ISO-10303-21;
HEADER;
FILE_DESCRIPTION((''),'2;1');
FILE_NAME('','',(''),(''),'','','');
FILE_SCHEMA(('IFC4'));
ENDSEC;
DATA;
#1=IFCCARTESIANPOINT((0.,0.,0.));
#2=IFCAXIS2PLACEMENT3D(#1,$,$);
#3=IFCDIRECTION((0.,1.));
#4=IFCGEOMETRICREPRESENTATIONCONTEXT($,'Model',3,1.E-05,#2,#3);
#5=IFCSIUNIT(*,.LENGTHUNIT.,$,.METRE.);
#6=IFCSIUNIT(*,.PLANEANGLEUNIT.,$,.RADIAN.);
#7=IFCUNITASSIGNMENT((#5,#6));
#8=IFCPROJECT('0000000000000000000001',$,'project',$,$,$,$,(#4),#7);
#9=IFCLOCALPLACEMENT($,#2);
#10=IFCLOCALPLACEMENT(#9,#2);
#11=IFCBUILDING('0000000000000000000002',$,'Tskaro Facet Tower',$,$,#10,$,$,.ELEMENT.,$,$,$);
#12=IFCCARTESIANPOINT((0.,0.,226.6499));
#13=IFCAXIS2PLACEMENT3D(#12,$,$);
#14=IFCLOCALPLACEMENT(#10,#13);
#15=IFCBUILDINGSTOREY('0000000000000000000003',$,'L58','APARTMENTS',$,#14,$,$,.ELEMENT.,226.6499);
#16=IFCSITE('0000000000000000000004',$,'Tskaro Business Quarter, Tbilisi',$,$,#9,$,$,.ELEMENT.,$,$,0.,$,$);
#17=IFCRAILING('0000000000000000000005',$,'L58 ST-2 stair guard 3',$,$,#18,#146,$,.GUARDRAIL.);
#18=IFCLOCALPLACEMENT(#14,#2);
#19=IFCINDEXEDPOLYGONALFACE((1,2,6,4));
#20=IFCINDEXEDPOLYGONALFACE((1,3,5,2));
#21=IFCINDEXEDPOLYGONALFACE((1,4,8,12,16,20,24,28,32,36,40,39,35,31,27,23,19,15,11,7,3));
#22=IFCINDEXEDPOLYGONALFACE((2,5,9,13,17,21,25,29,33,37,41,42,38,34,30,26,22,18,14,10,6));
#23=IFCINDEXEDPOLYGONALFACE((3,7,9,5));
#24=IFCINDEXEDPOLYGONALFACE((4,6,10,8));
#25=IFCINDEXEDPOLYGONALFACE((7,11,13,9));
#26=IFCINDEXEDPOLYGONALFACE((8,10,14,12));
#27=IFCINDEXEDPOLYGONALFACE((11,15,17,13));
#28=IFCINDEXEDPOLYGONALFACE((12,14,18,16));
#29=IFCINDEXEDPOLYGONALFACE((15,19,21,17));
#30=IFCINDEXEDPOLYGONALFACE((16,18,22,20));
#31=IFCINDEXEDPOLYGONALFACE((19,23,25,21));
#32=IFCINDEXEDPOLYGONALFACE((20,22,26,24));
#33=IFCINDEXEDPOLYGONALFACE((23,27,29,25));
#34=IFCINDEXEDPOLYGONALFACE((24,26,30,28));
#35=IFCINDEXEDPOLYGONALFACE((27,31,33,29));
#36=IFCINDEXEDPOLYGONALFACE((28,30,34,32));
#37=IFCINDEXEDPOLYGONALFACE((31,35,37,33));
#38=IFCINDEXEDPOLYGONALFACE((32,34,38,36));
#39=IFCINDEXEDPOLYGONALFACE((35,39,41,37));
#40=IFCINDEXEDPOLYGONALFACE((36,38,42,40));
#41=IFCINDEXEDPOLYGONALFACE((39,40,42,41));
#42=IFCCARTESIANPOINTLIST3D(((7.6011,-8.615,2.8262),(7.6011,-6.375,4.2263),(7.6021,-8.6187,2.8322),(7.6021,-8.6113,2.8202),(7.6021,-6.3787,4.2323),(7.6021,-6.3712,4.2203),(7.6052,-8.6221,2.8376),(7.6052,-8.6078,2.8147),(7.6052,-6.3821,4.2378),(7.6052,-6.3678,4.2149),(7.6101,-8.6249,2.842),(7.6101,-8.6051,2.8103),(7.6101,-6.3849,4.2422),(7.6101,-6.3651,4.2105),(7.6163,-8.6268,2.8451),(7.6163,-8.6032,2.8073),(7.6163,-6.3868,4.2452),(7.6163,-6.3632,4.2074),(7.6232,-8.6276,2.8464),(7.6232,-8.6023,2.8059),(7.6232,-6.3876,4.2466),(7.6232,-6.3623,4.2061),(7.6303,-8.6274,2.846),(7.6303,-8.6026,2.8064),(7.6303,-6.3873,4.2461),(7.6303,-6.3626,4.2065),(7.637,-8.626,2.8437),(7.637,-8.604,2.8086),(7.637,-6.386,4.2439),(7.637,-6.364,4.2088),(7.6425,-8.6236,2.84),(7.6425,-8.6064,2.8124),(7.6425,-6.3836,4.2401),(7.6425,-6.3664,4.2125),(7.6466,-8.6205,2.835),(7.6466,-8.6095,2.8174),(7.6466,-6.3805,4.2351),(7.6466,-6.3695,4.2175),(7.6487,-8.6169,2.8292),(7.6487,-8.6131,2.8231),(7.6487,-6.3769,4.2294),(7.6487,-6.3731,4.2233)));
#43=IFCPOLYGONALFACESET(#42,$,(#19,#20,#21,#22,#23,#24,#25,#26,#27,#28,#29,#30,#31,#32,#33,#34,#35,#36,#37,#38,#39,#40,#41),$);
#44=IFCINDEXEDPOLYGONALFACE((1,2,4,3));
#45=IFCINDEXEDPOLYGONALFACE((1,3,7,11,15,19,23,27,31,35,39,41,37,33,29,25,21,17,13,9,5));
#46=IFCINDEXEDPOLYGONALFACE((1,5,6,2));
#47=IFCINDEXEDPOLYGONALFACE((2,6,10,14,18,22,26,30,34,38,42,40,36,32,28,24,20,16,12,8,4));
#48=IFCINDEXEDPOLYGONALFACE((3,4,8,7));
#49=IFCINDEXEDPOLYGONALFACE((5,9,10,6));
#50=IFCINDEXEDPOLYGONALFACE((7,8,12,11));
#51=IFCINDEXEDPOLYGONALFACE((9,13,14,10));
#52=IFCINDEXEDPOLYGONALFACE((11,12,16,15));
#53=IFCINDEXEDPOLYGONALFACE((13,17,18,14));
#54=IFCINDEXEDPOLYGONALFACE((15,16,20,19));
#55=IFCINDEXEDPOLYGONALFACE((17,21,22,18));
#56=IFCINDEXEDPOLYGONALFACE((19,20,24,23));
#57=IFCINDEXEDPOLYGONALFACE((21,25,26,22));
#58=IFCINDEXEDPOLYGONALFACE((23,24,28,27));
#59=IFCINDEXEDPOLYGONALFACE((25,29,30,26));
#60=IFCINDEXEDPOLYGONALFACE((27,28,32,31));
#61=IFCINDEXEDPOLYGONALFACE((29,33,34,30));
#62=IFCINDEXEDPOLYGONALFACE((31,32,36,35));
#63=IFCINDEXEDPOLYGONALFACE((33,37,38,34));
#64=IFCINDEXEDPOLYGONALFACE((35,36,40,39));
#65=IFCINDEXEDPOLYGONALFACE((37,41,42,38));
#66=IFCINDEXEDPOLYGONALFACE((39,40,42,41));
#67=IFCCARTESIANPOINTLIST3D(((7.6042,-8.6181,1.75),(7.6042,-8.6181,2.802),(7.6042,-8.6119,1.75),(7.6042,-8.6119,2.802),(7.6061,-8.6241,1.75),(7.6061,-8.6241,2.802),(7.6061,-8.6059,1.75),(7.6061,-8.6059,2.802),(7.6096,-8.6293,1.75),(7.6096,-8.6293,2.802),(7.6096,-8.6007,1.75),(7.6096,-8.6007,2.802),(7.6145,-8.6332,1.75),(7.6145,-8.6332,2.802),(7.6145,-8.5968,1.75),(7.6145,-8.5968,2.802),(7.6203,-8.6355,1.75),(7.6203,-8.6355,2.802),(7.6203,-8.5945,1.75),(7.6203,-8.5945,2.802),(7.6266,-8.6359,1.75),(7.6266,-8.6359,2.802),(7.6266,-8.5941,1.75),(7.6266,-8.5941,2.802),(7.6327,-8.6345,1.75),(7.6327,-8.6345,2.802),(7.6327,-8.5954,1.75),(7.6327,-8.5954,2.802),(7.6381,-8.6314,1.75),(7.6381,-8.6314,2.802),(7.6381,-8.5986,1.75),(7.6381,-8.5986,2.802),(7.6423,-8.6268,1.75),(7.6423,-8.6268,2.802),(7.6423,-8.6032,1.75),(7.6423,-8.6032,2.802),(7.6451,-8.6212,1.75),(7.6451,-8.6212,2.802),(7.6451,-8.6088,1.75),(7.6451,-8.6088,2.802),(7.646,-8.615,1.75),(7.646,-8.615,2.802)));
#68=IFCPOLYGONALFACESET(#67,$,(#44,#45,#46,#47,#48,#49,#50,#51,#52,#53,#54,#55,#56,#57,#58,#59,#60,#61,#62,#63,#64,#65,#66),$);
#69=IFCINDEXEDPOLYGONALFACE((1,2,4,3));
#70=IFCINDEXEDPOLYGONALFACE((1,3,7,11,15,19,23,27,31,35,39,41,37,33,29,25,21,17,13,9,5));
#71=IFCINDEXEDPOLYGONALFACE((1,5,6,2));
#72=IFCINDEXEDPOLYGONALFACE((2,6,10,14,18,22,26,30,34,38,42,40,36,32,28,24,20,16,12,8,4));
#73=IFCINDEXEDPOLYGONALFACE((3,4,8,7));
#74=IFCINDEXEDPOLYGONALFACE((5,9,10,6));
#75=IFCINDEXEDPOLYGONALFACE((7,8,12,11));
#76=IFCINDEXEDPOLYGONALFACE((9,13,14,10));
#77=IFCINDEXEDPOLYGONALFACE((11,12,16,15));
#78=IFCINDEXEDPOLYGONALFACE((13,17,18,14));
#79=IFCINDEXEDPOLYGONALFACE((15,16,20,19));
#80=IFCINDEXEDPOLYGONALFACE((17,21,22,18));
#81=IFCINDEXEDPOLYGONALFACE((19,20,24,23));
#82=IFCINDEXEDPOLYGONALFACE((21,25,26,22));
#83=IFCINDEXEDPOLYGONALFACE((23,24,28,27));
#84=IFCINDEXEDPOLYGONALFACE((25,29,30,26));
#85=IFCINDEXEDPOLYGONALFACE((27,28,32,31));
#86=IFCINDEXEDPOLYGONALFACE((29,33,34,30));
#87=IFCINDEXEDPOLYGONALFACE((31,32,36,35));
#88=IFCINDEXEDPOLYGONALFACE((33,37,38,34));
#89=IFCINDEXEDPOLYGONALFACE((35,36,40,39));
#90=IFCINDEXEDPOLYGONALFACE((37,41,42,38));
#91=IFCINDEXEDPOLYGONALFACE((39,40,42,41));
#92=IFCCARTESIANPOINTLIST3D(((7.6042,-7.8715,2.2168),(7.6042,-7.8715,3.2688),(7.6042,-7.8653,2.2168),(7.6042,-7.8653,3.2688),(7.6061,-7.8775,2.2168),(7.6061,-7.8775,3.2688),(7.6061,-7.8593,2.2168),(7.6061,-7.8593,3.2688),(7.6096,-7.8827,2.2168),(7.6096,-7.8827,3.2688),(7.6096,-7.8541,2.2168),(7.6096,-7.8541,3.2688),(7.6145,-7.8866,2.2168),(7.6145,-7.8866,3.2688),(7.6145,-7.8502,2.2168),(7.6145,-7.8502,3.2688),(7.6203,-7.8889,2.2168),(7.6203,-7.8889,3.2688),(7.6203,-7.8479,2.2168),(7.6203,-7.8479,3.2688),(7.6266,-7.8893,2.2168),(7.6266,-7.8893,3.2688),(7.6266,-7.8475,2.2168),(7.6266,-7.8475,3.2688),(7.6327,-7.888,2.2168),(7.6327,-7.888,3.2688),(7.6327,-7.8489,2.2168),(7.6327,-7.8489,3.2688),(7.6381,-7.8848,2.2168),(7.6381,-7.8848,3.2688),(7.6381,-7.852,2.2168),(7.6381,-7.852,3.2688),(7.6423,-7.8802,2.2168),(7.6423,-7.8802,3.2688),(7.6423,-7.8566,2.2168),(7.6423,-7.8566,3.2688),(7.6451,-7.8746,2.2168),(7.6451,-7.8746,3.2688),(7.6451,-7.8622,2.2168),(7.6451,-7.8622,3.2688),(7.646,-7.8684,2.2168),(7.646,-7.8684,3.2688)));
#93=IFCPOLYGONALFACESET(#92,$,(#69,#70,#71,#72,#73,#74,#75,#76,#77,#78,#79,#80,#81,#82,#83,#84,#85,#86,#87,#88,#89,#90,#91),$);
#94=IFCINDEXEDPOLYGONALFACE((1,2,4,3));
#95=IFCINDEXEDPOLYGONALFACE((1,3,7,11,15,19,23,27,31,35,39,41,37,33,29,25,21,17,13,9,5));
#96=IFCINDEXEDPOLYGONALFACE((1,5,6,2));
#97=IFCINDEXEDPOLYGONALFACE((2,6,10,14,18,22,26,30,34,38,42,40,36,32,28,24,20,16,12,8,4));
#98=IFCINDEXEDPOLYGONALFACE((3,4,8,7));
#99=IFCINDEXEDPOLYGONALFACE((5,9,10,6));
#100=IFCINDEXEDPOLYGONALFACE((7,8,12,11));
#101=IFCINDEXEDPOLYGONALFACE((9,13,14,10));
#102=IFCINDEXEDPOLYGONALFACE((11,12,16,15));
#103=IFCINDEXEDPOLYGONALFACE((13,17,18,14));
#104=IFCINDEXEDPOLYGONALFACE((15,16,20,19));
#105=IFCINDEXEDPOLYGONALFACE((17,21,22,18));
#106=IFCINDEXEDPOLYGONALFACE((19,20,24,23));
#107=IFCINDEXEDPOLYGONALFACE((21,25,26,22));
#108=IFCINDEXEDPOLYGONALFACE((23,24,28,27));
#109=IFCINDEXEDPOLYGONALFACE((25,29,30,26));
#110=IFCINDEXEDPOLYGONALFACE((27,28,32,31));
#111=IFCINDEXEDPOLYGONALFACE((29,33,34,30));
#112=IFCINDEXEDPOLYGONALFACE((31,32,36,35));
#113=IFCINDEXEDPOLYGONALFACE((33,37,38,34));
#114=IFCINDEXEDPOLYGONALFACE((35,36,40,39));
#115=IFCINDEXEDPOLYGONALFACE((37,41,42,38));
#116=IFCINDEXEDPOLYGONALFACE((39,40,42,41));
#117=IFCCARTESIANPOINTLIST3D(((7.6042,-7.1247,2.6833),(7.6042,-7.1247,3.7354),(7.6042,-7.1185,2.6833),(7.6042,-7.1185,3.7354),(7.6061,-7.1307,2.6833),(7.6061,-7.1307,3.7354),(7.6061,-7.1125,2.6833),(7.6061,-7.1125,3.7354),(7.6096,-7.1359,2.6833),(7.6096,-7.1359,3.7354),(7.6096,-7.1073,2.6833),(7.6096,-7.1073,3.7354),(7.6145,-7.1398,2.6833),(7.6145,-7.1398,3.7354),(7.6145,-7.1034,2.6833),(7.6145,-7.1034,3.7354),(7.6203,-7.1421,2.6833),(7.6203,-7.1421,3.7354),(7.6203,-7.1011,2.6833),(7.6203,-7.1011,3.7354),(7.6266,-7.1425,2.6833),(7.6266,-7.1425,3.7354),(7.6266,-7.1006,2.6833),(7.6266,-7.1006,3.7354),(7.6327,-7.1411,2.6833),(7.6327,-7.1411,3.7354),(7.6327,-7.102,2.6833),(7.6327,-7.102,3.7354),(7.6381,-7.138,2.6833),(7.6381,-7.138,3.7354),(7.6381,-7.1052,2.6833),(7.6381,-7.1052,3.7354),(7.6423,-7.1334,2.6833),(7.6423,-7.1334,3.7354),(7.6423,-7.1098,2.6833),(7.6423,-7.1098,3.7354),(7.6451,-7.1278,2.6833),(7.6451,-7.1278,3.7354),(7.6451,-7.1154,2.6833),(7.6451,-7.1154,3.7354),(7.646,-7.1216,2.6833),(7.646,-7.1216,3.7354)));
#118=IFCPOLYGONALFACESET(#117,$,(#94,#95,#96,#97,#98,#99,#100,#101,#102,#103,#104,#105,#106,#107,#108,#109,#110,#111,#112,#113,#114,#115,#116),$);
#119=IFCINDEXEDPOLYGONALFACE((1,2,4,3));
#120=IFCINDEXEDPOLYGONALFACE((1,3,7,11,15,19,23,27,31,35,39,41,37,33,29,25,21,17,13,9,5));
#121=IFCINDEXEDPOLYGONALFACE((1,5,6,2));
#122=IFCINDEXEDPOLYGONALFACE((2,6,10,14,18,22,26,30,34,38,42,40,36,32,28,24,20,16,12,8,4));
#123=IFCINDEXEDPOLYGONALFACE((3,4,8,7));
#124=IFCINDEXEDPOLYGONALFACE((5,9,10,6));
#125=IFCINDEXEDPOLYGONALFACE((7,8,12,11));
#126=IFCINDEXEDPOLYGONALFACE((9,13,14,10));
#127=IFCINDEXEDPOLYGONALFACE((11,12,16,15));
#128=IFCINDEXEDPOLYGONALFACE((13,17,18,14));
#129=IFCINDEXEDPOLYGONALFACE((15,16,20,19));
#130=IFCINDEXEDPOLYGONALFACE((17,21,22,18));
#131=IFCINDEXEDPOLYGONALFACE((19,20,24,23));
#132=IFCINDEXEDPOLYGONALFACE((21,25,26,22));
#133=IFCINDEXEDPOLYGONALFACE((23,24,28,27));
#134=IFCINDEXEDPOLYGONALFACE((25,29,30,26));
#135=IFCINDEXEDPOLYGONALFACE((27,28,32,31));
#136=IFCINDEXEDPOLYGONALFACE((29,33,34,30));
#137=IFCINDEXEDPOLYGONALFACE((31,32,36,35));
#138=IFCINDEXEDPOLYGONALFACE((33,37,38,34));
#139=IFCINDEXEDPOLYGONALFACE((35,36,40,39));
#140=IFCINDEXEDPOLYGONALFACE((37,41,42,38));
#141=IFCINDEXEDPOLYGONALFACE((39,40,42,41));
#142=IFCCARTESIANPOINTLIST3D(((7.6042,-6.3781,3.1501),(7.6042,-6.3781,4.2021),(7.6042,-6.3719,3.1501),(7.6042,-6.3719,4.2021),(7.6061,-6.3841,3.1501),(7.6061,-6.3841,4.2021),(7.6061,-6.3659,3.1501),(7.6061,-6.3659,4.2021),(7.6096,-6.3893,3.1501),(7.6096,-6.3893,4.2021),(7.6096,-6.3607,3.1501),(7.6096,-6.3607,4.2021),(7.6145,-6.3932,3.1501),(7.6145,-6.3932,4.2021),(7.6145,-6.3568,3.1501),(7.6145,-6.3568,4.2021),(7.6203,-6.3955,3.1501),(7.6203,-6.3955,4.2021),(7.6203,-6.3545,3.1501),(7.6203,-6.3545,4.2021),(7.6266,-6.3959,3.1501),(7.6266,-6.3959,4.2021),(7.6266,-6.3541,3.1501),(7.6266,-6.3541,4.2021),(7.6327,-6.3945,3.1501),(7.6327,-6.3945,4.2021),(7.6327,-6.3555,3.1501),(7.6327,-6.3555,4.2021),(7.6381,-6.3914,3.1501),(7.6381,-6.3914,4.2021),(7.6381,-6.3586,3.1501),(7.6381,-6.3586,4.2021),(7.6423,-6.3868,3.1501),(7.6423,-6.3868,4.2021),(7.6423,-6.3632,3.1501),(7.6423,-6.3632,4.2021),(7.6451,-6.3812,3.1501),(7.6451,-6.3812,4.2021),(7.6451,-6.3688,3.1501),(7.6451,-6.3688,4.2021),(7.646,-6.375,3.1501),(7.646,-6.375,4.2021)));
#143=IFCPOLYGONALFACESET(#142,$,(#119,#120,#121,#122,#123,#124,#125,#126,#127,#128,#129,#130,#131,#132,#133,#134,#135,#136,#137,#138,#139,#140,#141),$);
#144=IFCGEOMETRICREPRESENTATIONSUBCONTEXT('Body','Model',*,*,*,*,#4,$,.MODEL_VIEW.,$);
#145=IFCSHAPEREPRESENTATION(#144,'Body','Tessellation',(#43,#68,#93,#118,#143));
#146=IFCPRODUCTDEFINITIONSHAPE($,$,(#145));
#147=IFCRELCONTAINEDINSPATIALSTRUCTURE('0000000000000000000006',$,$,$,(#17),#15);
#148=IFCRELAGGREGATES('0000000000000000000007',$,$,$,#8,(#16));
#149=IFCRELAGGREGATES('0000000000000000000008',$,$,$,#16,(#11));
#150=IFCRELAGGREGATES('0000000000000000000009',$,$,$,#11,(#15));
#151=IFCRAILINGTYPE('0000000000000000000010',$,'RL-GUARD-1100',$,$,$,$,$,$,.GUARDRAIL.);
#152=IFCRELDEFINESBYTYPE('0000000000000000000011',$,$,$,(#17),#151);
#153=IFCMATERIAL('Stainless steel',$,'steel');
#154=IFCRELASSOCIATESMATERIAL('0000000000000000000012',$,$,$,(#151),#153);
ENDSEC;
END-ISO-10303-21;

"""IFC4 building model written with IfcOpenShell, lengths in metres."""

from ifc_helpers import new_model, si_unit, direction, frame, origin, origin_2d, place, context, subcontext, project, spatial, circle, extrude, material, type_object, element, save


model = new_model("IFC4")

# Units and contexts
model_context = context("Model", 3, precision=1e-05, world=origin(), true_north=direction((0.0, 1.0)))
body_context = subcontext(model_context, "Body", "Model", "MODEL_VIEW")
ifc_project = project(units=[si_unit("LENGTHUNIT", "METRE"), si_unit("PLANEANGLEUNIT", "RADIAN")], contexts=[model_context])

# Site, building, storey
site_placement = place(None, origin())
site = spatial("IfcSite", under=ifc_project, at=site_placement, Name="Tskaro Business Quarter, Tbilisi", CompositionType="ELEMENT", RefElevation=0.0)
building_placement = place(site_placement, origin())
building = spatial("IfcBuilding", under=site, at=building_placement, Name="Tskaro Facet Tower", CompositionType="ELEMENT")
storey_placement = place(building_placement, frame((0.0, 0.0, 226.6499)))
storey = spatial("IfcBuildingStorey", under=building, at=storey_placement, Name="L58", Description="APARTMENTS", CompositionType="ELEMENT", Elevation=226.6499)

# Shared definitions
ifc_material_1 = material(Name="Stainless steel", Category="steel")

# Railing
railing_type_1 = type_object("IfcRailingType", Name="RL-GUARD-1100", PredefinedType="GUARDRAIL", material=ifc_material_1)
railing_1_placement = place(storey_placement, frame((7.625, -8.615, 1.75)))
element("IfcRailing", 1, at=railing_1_placement, inside=storey, type_object=railing_type_1, Name="L58 ST-2 stair guard 3", PredefinedType="GUARDRAIL", context=body_context, shape_type="SweptSolid", body=[
    extrude(circle(Radius=0.0239, at=origin_2d()), frame((0.0, 0.0, 1.0762), z_axis=(0.0, 0.847972, 0.53004), x_axis=(-1.0, 0.0, 0.0)), (0.0, 0.0, 1.0), 2.6416),
    extrude(circle(Radius=0.021, at=origin_2d()), origin(), (0.0, 0.0, 1.0), 1.052),
    extrude(circle(Radius=0.021, at=origin_2d()), frame((0.0, 0.7466, 0.4668)), (0.0, 0.0, 1.0), 1.052),
    extrude(circle(Radius=0.021, at=origin_2d()), frame((0.0, 1.4934, 0.9333)), (0.0, 0.0, 1.0), 1.052),
    extrude(circle(Radius=0.021, at=origin_2d()), frame((0.0, 2.24, 1.4001)), (0.0, 0.0, 1.0), 1.052),
])

save(model, "model.ifc")
